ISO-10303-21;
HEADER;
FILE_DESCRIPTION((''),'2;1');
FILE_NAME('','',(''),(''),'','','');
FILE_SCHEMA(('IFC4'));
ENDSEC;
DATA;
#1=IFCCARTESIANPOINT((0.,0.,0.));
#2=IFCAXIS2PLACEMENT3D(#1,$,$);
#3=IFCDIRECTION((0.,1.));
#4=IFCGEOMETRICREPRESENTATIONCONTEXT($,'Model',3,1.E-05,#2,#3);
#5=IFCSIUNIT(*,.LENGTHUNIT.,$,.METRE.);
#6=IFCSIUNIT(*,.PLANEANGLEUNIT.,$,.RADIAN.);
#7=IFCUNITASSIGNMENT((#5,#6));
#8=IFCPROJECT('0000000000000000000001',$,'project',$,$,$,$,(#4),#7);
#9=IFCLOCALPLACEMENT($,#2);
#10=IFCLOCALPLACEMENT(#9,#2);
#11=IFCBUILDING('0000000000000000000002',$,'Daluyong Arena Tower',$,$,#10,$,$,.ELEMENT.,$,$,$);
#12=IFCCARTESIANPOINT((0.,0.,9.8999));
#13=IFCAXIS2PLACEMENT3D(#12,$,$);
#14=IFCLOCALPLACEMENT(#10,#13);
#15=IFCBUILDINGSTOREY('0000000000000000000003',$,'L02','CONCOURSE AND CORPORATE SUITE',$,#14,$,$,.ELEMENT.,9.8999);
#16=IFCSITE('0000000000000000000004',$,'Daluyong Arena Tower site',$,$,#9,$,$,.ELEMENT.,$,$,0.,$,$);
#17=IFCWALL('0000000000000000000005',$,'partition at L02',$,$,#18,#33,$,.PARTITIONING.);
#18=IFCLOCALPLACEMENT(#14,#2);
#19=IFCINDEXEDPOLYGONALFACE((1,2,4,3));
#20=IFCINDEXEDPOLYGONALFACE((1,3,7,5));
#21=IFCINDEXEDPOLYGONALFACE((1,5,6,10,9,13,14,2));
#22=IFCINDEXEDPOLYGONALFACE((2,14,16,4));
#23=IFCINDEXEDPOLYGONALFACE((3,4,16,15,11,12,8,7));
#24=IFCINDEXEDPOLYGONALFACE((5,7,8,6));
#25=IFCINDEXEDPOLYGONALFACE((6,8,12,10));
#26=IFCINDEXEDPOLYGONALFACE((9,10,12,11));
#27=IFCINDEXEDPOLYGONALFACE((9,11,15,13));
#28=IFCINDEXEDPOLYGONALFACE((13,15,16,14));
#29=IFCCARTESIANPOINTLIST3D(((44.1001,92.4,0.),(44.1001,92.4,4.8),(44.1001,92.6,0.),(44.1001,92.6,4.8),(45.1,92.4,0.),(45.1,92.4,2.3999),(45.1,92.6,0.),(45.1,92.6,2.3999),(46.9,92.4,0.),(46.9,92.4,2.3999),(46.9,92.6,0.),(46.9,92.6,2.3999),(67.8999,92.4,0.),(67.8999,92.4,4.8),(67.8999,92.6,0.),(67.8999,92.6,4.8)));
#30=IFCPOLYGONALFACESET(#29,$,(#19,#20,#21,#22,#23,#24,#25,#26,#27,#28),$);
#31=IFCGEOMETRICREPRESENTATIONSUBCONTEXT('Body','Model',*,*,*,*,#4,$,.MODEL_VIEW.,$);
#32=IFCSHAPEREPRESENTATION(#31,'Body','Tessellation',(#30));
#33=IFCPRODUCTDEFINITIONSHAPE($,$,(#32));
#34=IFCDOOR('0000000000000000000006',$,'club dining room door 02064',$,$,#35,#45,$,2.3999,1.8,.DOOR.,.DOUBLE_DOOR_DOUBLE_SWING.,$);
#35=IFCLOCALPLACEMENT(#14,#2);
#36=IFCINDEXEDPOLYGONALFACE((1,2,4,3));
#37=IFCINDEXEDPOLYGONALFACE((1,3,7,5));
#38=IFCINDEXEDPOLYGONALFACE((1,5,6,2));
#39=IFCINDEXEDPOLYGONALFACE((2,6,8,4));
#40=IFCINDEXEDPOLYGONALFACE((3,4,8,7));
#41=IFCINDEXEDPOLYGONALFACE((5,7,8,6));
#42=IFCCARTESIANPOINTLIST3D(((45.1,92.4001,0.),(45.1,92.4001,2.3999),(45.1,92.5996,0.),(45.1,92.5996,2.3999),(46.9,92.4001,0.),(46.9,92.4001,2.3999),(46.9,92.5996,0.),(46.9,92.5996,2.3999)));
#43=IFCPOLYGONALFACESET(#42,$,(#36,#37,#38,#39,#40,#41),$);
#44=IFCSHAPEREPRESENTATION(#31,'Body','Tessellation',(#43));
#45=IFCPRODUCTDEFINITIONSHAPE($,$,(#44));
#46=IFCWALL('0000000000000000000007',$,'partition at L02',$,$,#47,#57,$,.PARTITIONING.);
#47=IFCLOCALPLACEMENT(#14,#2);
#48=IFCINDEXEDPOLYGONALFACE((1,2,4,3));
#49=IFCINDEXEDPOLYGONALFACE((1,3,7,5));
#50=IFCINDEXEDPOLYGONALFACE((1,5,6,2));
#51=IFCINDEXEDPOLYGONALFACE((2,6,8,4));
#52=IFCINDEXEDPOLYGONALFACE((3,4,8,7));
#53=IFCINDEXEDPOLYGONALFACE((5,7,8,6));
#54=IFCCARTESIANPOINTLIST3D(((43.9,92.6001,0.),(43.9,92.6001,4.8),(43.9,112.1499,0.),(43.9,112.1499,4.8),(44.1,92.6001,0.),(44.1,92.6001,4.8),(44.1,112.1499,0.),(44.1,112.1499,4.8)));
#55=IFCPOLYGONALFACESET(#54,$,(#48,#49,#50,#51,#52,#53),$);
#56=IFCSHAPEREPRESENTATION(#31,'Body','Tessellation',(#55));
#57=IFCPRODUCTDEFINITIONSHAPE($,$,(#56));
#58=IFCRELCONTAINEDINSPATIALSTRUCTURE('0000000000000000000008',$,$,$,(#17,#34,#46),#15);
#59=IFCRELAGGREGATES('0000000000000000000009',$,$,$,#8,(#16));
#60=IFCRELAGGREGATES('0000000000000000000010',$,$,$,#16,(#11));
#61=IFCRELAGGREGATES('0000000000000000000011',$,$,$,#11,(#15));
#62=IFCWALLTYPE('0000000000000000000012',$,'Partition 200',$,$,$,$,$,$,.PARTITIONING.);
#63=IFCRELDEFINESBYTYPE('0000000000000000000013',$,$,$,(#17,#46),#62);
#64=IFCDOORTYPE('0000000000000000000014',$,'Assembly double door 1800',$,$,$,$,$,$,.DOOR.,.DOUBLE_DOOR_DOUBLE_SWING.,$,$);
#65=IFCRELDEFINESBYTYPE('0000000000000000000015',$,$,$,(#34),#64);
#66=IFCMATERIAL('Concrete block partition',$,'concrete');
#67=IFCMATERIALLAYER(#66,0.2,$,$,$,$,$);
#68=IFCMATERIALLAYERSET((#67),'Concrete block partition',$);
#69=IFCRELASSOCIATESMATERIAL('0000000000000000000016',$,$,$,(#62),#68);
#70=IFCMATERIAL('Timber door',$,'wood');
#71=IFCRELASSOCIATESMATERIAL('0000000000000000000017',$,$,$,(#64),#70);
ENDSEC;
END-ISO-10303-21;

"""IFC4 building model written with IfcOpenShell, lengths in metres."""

from ifc_helpers import new_model, si_unit, direction, frame, frame_2d, origin, place, context, subcontext, project, spatial, rectangle, extrude, material, layer, layer_set, type_object, element, fill, save


model = new_model("IFC4")

# Units and contexts
model_context = context("Model", 3, precision=1e-05, world=origin(), true_north=direction((0.0, 1.0)))
body_context = subcontext(model_context, "Body", "Model", "MODEL_VIEW")
ifc_project = project(units=[si_unit("LENGTHUNIT", "METRE"), si_unit("PLANEANGLEUNIT", "RADIAN")], contexts=[model_context])

# Site, building, storey
site_placement = place(None, origin())
site = spatial("IfcSite", under=ifc_project, at=site_placement, Name="Daluyong Arena Tower site", CompositionType="ELEMENT", RefElevation=0.0)
building_placement = place(site_placement, origin())
building = spatial("IfcBuilding", under=site, at=building_placement, Name="Daluyong Arena Tower", CompositionType="ELEMENT")
storey_placement = place(building_placement, frame((0.0, 0.0, 9.8999)))
storey = spatial("IfcBuildingStorey", under=building, at=storey_placement, Name="L02", Description="CONCOURSE AND CORPORATE SUITE", CompositionType="ELEMENT", Elevation=9.8999)

# Wall, opening, door
ifc_material_1 = material(Name="Concrete block partition", Category="concrete")
ifc_layer_1 = layer(ifc_material_1, 0.2)
ifc_layer_set_1 = layer_set([ifc_layer_1], Name="Concrete block partition")
wall_type_1 = type_object("IfcWallType", Name="Partition 200", PredefinedType="PARTITIONING", material=ifc_layer_set_1)
wall_1_placement = place(storey_placement, frame((44.1001, 92.5, 0.0), z_axis=(0.0, 0.0, 1.0), x_axis=(1.0, 0.0, 0.0)))
wall_1 = element("IfcWall", 1, at=wall_1_placement, inside=storey, type_object=wall_type_1, Name="partition at L02", PredefinedType="PARTITIONING", context=body_context, shape_type="SweptSolid", body=[
    extrude(rectangle(XDim=23.7998, YDim=0.2, at=frame_2d((11.8999, 0.0))), origin(), (0.0, 0.0, 1.0), 4.8),
])
opening_1_placement = place(wall_1_placement, frame((1.0, 0.0, 0.0)))
opening_1 = element("IfcOpeningElement", 2, at=opening_1_placement, cuts=wall_1, PredefinedType="OPENING", context=body_context, shape_type="SweptSolid", body=[
    extrude(rectangle(XDim=1.8, YDim=2.3999, at=frame_2d((0.8999, 1.2))), frame((0.0, 0.1099, 0.0), z_axis=(0.0, -1.0, 0.0), x_axis=(1.0, 0.0, 0.0)), (0.0, 0.0, 1.0), 0.22),
])
ifc_material_2 = material(Name="Timber door", Category="wood")
door_type_1 = type_object("IfcDoorType", Name="Assembly double door 1800", OperationType="DOUBLE_DOOR_DOUBLE_SWING", PredefinedType="DOOR", material=ifc_material_2)
door_1_placement = place(opening_1_placement, origin())
door_1 = element("IfcDoor", 3, at=door_1_placement, inside=storey, type_object=door_type_1, Name="club dining room door 02064", OperationType="DOUBLE_DOOR_DOUBLE_SWING", OverallHeight=2.3999, OverallWidth=1.8, PredefinedType="DOOR", context=body_context, shape_type="SweptSolid", body=[
    extrude(rectangle(XDim=1.8, YDim=2.3999, at=frame_2d((0.8999, 1.2))), frame((0.0, 0.0996, 0.0), z_axis=(0.0, -1.0, 0.0), x_axis=(1.0, 0.0, 0.0)), (0.0, 0.0, 1.0), 0.1995),
])
fill(opening_1, door_1)

# Wall
wall_2_placement = place(storey_placement, frame((44.0, 92.6001, 0.0), z_axis=(0.0, 0.0, 1.0), x_axis=(0.0, 1.0, 0.0)))
element("IfcWall", 4, at=wall_2_placement, inside=storey, type_object=wall_type_1, Name="partition at L02", PredefinedType="PARTITIONING", context=body_context, shape_type="SweptSolid", body=[
    extrude(rectangle(XDim=19.5498, YDim=0.2, at=frame_2d((9.7749, 0.0))), origin(), (0.0, 0.0, 1.0), 4.8),
])

save(model, "model.ifc")
